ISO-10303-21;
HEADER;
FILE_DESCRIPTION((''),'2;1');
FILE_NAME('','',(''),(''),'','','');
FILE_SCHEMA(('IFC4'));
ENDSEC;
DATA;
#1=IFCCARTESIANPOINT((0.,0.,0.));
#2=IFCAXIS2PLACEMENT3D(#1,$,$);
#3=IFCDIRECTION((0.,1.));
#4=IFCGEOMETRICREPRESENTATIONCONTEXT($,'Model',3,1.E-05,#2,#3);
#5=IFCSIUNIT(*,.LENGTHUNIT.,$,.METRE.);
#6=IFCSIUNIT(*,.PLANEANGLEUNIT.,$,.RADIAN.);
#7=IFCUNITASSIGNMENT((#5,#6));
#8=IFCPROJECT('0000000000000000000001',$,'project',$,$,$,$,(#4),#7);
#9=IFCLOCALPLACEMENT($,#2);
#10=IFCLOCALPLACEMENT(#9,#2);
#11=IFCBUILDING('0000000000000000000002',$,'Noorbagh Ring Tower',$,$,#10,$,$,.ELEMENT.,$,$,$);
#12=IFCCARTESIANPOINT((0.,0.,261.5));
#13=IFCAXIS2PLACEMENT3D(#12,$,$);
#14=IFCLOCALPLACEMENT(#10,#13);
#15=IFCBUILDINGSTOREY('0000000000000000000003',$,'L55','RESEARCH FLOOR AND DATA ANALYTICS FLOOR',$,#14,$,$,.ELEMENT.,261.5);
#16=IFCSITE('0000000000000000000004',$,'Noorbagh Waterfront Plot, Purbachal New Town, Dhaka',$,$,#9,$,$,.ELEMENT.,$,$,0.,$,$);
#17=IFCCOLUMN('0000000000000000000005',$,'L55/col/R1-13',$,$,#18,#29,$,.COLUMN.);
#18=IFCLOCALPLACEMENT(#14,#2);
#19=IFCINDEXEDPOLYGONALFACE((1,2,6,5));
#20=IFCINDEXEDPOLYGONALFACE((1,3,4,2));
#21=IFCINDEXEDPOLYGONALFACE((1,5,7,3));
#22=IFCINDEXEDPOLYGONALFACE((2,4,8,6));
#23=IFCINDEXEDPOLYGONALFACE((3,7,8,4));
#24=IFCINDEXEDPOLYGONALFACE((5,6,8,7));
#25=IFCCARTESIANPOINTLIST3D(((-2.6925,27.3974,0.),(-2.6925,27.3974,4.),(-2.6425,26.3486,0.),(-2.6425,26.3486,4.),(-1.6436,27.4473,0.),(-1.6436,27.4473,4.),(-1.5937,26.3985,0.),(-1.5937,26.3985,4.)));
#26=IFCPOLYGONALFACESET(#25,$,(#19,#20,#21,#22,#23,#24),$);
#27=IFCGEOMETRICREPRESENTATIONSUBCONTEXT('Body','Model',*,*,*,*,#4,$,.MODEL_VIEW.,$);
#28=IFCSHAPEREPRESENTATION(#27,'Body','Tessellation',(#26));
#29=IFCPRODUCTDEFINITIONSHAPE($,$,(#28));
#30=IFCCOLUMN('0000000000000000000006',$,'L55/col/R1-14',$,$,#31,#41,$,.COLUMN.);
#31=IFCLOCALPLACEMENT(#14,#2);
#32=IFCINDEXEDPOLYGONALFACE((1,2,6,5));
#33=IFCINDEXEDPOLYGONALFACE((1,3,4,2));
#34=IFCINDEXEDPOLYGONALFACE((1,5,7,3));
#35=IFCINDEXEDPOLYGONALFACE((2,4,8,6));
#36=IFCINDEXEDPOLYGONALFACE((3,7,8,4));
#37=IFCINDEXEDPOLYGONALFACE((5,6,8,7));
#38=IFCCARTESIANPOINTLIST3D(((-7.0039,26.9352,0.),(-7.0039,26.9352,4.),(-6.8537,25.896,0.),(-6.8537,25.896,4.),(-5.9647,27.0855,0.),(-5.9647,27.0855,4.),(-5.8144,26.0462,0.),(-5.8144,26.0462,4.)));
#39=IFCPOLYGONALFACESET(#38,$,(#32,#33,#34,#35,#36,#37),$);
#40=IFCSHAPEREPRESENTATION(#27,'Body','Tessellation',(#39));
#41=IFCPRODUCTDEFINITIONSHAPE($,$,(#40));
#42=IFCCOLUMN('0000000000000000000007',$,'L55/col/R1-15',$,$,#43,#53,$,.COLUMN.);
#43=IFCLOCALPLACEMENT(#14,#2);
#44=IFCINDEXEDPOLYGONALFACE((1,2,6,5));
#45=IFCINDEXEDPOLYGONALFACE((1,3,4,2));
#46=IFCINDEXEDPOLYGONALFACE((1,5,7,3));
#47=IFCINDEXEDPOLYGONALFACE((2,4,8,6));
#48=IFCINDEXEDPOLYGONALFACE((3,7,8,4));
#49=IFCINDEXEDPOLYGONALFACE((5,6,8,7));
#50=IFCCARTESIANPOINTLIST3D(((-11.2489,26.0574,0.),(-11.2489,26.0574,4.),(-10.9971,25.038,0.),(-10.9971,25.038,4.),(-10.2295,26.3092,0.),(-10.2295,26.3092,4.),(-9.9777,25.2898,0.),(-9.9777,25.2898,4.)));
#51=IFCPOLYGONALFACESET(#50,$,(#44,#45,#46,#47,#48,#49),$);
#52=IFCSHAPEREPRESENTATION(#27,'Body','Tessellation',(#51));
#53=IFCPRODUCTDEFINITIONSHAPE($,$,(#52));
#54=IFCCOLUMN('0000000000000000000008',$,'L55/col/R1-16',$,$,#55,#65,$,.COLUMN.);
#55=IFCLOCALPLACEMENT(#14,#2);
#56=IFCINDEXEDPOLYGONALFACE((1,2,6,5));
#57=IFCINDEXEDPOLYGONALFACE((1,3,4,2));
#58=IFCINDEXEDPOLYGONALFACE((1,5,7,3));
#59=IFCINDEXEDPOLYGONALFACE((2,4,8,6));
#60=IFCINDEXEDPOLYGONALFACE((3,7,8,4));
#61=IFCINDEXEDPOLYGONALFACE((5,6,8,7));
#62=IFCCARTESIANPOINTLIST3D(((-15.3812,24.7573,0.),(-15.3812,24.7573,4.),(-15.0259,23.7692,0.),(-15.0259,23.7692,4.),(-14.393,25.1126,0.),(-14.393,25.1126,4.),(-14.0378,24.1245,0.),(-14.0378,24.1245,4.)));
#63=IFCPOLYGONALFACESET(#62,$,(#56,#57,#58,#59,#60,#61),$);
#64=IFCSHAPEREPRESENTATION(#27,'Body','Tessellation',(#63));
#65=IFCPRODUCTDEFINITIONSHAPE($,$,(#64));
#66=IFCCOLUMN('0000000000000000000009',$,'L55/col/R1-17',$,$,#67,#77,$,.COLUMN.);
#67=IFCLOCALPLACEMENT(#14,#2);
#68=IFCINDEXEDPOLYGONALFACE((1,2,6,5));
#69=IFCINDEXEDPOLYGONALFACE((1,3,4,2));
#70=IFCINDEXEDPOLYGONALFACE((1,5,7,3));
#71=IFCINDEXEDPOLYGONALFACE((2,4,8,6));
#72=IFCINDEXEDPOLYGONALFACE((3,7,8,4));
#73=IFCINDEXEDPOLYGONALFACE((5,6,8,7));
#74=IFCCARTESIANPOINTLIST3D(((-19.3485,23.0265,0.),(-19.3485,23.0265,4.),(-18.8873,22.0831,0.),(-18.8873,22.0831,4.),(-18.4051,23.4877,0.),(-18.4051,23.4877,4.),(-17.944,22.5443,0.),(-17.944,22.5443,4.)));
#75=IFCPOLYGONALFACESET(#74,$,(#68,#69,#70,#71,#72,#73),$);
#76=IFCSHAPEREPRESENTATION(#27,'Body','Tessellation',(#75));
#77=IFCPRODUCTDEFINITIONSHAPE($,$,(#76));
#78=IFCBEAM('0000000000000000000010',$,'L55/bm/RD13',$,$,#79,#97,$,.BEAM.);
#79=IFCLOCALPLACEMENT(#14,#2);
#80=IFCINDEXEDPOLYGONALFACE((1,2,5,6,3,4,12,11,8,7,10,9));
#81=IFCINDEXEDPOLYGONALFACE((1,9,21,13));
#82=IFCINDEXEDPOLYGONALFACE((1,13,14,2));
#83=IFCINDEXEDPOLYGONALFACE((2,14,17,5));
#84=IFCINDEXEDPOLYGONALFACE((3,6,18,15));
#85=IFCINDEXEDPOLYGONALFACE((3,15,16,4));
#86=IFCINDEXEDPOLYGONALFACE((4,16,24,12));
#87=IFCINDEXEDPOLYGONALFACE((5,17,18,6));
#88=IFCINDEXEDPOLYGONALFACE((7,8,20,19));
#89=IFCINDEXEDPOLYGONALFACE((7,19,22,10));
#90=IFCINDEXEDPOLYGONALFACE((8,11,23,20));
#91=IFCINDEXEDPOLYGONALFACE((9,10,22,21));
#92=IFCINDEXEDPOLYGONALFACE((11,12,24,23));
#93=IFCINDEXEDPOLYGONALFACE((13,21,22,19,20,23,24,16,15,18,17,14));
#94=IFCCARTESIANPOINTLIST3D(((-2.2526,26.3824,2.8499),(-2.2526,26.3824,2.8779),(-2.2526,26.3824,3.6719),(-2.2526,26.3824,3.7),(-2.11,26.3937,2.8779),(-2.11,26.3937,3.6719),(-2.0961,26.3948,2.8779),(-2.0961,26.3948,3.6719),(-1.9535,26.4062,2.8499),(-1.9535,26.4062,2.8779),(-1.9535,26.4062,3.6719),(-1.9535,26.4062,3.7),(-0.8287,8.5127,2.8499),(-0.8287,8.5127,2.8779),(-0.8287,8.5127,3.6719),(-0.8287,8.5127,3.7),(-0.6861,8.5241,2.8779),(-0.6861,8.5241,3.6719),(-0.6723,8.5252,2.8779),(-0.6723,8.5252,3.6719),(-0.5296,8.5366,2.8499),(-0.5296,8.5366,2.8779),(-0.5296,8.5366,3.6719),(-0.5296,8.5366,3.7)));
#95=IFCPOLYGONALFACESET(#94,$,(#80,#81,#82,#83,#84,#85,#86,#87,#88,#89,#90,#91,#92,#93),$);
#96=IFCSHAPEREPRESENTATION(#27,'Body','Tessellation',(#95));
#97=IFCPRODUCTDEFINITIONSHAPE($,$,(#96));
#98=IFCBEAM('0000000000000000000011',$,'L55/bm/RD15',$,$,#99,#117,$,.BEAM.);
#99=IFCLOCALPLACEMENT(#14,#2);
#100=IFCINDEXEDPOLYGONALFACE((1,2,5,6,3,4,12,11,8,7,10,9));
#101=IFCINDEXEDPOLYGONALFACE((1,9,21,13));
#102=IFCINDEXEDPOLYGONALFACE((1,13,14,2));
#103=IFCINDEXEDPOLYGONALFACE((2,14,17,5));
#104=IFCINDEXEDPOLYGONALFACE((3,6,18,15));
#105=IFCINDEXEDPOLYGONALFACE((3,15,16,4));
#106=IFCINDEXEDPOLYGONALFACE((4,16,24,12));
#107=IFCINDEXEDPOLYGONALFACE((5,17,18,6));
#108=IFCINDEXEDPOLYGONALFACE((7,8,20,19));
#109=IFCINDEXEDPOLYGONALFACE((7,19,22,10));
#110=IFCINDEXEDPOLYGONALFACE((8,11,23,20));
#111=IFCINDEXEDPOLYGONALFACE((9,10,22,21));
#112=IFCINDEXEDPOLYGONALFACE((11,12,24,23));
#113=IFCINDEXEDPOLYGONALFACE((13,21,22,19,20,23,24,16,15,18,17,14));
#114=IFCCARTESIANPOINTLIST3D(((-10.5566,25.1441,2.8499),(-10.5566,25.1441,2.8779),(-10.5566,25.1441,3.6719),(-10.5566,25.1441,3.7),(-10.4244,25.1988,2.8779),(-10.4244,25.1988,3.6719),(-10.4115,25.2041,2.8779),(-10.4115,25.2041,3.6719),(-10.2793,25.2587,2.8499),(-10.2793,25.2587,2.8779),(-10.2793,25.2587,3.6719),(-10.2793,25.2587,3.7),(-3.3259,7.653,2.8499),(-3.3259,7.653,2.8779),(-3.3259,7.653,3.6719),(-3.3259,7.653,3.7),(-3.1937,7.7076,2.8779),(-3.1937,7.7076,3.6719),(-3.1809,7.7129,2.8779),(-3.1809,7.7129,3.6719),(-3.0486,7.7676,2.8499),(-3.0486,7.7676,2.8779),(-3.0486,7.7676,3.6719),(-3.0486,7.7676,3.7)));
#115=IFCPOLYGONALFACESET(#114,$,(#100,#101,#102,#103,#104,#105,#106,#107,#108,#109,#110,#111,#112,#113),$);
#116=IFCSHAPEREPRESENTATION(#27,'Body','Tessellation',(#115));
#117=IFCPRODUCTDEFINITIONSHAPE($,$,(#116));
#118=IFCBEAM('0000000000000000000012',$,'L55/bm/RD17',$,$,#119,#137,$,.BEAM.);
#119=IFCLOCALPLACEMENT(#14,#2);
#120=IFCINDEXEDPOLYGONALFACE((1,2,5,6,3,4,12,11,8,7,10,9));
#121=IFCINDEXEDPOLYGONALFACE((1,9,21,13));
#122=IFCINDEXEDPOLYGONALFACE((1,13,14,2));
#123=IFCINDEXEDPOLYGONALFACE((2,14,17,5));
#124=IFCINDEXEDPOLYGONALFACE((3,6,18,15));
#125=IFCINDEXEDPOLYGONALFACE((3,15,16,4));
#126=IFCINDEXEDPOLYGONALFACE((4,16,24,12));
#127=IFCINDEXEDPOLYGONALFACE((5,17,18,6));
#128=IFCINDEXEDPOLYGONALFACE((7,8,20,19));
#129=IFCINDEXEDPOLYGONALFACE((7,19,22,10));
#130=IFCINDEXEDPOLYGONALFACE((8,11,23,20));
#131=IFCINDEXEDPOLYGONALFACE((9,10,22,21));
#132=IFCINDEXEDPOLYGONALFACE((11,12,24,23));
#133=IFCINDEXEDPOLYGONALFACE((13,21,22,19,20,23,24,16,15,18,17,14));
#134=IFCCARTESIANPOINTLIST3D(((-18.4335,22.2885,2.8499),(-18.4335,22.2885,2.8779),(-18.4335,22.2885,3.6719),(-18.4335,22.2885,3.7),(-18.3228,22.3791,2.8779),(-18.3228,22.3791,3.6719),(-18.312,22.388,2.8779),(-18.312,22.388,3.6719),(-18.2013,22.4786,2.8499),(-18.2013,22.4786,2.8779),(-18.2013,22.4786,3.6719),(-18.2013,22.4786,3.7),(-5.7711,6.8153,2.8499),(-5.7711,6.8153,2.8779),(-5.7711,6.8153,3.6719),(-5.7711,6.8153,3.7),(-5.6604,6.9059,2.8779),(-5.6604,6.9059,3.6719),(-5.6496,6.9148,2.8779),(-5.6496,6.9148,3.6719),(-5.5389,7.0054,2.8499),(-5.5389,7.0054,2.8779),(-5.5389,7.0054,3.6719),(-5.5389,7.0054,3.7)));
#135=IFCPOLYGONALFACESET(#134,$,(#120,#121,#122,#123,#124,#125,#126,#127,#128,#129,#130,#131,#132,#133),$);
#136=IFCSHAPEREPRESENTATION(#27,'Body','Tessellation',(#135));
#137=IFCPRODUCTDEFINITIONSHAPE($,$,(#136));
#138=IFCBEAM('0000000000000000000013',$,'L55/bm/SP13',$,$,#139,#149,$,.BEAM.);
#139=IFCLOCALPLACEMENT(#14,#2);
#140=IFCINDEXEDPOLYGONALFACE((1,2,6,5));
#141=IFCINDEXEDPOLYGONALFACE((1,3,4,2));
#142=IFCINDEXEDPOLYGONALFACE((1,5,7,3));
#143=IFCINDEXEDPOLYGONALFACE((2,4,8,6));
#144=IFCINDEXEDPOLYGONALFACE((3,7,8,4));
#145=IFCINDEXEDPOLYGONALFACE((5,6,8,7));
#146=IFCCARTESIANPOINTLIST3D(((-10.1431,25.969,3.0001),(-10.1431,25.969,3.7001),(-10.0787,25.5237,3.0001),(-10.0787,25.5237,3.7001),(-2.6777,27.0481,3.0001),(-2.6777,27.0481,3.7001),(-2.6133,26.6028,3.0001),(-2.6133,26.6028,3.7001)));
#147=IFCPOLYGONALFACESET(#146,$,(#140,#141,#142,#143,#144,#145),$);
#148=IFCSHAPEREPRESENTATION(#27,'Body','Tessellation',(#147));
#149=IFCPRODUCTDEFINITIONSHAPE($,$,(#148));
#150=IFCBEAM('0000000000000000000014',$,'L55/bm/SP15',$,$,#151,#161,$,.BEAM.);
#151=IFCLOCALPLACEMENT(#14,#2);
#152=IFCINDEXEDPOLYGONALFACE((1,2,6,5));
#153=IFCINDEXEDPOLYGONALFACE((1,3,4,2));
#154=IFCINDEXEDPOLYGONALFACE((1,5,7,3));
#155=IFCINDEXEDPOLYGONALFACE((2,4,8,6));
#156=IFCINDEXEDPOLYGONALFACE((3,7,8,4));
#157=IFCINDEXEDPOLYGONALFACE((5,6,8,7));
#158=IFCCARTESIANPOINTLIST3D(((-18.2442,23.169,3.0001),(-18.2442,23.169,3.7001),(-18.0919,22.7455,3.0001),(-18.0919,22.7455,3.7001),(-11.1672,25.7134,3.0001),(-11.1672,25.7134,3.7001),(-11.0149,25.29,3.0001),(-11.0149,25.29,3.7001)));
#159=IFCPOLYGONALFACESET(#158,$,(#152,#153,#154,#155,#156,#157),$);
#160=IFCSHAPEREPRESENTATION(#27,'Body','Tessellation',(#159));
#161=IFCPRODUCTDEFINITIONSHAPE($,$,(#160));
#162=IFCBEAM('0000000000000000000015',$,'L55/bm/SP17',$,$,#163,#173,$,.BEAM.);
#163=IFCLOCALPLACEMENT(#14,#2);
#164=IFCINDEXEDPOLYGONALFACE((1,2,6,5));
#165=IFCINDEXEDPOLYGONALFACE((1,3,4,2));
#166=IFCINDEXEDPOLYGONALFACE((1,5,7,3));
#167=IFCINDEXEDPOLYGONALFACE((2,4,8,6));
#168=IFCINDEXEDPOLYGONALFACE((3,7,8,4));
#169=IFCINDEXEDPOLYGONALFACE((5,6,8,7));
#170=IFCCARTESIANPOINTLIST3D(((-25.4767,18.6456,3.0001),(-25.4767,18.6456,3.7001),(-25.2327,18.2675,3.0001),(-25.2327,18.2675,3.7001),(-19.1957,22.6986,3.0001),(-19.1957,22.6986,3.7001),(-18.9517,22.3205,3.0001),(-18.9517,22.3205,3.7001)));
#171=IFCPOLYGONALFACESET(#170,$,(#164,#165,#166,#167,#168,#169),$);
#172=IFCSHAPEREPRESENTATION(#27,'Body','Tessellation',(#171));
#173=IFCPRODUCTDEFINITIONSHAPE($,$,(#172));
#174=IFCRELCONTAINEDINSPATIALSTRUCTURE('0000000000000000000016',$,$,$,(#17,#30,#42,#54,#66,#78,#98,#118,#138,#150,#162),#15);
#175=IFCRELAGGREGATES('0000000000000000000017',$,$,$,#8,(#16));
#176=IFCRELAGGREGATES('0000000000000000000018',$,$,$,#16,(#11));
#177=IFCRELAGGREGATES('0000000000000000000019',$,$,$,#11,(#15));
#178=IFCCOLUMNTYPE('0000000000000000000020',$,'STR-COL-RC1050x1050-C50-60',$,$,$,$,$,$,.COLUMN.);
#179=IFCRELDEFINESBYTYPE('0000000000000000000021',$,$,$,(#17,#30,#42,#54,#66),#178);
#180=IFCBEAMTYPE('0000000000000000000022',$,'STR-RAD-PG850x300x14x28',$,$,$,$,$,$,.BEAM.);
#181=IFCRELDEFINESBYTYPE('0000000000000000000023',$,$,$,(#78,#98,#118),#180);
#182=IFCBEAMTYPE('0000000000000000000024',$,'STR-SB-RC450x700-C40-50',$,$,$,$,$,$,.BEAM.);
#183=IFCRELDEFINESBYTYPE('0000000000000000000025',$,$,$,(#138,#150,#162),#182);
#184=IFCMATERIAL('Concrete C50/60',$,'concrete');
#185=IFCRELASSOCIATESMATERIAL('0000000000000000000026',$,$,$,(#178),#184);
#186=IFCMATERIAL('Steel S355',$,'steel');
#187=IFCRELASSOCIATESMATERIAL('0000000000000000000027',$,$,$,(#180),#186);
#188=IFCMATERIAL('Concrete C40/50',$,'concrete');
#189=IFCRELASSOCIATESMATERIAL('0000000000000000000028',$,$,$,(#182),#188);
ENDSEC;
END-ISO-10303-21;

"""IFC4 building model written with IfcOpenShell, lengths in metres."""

from ifc_helpers import new_model, si_unit, direction, frame, origin, origin_2d, place, context, subcontext, project, spatial, rectangle, i_section, extrude, material, material_profile, profile_set, type_object, element, save


model = new_model("IFC4")

# Units and contexts
model_context = context("Model", 3, precision=1e-05, world=origin(), true_north=direction((0.0, 1.0)))
body_context = subcontext(model_context, "Body", "Model", "MODEL_VIEW")
ifc_project = project(units=[si_unit("LENGTHUNIT", "METRE"), si_unit("PLANEANGLEUNIT", "RADIAN")], contexts=[model_context])

# Site, building, storey
site_placement = place(None, origin())
site = spatial("IfcSite", under=ifc_project, at=site_placement, Name="Noorbagh Waterfront Plot, Purbachal New Town, Dhaka", CompositionType="ELEMENT", RefElevation=0.0)
building_placement = place(site_placement, origin())
building = spatial("IfcBuilding", under=site, at=building_placement, Name="Noorbagh Ring Tower", CompositionType="ELEMENT")
storey_placement = place(building_placement, frame((0.0, 0.0, 261.5)))
storey = spatial("IfcBuildingStorey", under=building, at=storey_placement, Name="L55", Description="RESEARCH FLOOR AND DATA ANALYTICS FLOOR", CompositionType="ELEMENT", Elevation=261.5)

# Columns
ifc_material_1 = material(Name="Concrete C50/60", Category="concrete")
ifc_material_profile_1 = material_profile(ifc_material_1, rectangle(XDim=1.05, YDim=1.05, at=origin_2d()), Name="RC1050x1050")
ifc_profile_set_1 = profile_set([ifc_material_profile_1], Name="Concrete C50/60")
column_type = type_object("IfcColumnType", Name="STR-COL-RC1050x1050-C50-60", PredefinedType="COLUMN", material=ifc_profile_set_1)
for number, where, z_axis, x_axis, name in (
    (1, (-2.1431, 26.8979, 0.0), (0.0, 0.0, 1.0), (-0.998869, -0.047553, 0.0), "L55/col/R1-13"),
    (2, (-6.4092, 26.4907, 0.0), (0.0, 0.0, 1.0), (-0.989713, -0.143066, 0.0), "L55/col/R1-14"),
    (3, (-10.6133, 25.6736, 0.0), (0.0, 0.0, 1.0), (-0.970829, -0.239771, 0.0), "L55/col/R1-15"),
    (4, (-14.7095, 24.4409, 0.0), (0.0, 0.0, 1.0), (-0.941025, -0.338338, 0.0), "L55/col/R1-16"),
    (5, (-18.6462, 22.7854, 0.0), (0.0, 0.0, 1.0), (-0.898399, -0.43918, 0.0), "L55/col/R1-17"),
):
    element("IfcColumn", number, at=place(storey_placement, frame(where, z_axis=z_axis, x_axis=x_axis)), inside=storey, type_object=column_type, Name=name, PredefinedType="COLUMN", context=body_context, shape_type="SweptSolid", body=[
        extrude(rectangle(XDim=1.05, YDim=1.05, at=origin_2d()), origin(), (0.0, 0.0, 1.0), 4.0),
    ])

# Beams
ifc_material_2 = material(Name="Steel S355", Category="steel")
ifc_material_profile_2 = material_profile(ifc_material_2, i_section(OverallWidth=0.3, OverallDepth=0.8501, WebThickness=0.0139, FlangeThickness=0.0281, at=origin_2d()), Name="PG850x300x14x28")
ifc_profile_set_2 = profile_set([ifc_material_profile_2], Name="Steel S355")
beam_type_1 = type_object("IfcBeamType", Name="STR-RAD-PG850x300x14x28", PredefinedType="BEAM", material=ifc_profile_set_2)
beam_1_placement = place(storey_placement, frame((-2.103, 26.3943, 3.2749), z_axis=(0.079427, -0.996841, 0.0), x_axis=(0.996841, 0.079427, 0.0)))
element("IfcBeam", 6, at=beam_1_placement, inside=storey, type_object=beam_type_1, Name="L55/bm/RD13", PredefinedType="BEAM", context=body_context, shape_type="SweptSolid", body=[
    extrude(i_section(OverallWidth=0.3, OverallDepth=0.8501, WebThickness=0.0139, FlangeThickness=0.0281, at=origin_2d()), origin(), (0.0, 0.0, 1.0), 17.9263),
])
beam_2_placement = place(storey_placement, frame((-10.418, 25.2014, 3.2749), z_axis=(0.382035, -0.924148, 0.0), x_axis=(0.924148, 0.382035, 0.0)))
element("IfcBeam", 7, at=beam_2_placement, inside=storey, type_object=beam_type_1, Name="L55/bm/RD15", PredefinedType="BEAM", context=body_context, shape_type="SweptSolid", body=[
    extrude(i_section(OverallWidth=0.3, OverallDepth=0.8501, WebThickness=0.0139, FlangeThickness=0.0281, at=origin_2d()), origin(), (0.0, 0.0, 1.0), 18.9268),
])
beam_3_placement = place(storey_placement, frame((-18.3174, 22.3835, 3.2749), z_axis=(0.633313, -0.773896, 0.0), x_axis=(0.773896, 0.633313, 0.0)))
element("IfcBeam", 8, at=beam_3_placement, inside=storey, type_object=beam_type_1, Name="L55/bm/RD17", PredefinedType="BEAM", context=body_context, shape_type="SweptSolid", body=[
    extrude(i_section(OverallWidth=0.3, OverallDepth=0.8501, WebThickness=0.0139, FlangeThickness=0.0281, at=origin_2d()), origin(), (0.0, 0.0, 1.0), 19.9939),
])
ifc_material_3 = material(Name="Concrete C40/50", Category="concrete")
ifc_material_profile_3 = material_profile(ifc_material_3, rectangle(XDim=0.45, YDim=0.7, at=origin_2d()), Name="RC450x700")
ifc_profile_set_3 = profile_set([ifc_material_profile_3], Name="Concrete C40/50")
beam_type_2 = type_object("IfcBeamType", Name="STR-SB-RC450x700-C40-50", PredefinedType="BEAM", material=ifc_profile_set_3)
beam_4_placement = place(storey_placement, frame((-2.6455, 26.8254, 3.3501), z_axis=(-0.989714, -0.143062, 0.0), x_axis=(0.143062, -0.989714, 0.0)))
element("IfcBeam", 9, at=beam_4_placement, inside=storey, type_object=beam_type_2, Name="L55/bm/SP13", PredefinedType="BEAM", context=body_context, shape_type="SweptSolid", body=[
    extrude(rectangle(XDim=0.45, YDim=0.7, at=origin_2d()), origin(), (0.0, 0.0, 1.0), 7.543),
])
beam_5_placement = place(storey_placement, frame((-11.0911, 25.5017, 3.3501), z_axis=(-0.941025, -0.338337, 0.0), x_axis=(0.338337, -0.941025, 0.0)))
element("IfcBeam", 10, at=beam_5_placement, inside=storey, type_object=beam_type_2, Name="L55/bm/SP15", PredefinedType="BEAM", context=body_context, shape_type="SweptSolid", body=[
    extrude(rectangle(XDim=0.45, YDim=0.7, at=origin_2d()), origin(), (0.0, 0.0, 1.0), 7.5205),
])
beam_6_placement = place(storey_placement, frame((-19.0737, 22.5095, 3.3501), z_axis=(-0.840253, -0.542195, 0.0), x_axis=(0.542195, -0.840253, 0.0)))
element("IfcBeam", 11, at=beam_6_placement, inside=storey, type_object=beam_type_2, Name="L55/bm/SP17", PredefinedType="BEAM", context=body_context, shape_type="SweptSolid", body=[
    extrude(rectangle(XDim=0.45, YDim=0.7, at=origin_2d()), origin(), (0.0, 0.0, 1.0), 7.4751),
])

save(model, "model.ifc")
